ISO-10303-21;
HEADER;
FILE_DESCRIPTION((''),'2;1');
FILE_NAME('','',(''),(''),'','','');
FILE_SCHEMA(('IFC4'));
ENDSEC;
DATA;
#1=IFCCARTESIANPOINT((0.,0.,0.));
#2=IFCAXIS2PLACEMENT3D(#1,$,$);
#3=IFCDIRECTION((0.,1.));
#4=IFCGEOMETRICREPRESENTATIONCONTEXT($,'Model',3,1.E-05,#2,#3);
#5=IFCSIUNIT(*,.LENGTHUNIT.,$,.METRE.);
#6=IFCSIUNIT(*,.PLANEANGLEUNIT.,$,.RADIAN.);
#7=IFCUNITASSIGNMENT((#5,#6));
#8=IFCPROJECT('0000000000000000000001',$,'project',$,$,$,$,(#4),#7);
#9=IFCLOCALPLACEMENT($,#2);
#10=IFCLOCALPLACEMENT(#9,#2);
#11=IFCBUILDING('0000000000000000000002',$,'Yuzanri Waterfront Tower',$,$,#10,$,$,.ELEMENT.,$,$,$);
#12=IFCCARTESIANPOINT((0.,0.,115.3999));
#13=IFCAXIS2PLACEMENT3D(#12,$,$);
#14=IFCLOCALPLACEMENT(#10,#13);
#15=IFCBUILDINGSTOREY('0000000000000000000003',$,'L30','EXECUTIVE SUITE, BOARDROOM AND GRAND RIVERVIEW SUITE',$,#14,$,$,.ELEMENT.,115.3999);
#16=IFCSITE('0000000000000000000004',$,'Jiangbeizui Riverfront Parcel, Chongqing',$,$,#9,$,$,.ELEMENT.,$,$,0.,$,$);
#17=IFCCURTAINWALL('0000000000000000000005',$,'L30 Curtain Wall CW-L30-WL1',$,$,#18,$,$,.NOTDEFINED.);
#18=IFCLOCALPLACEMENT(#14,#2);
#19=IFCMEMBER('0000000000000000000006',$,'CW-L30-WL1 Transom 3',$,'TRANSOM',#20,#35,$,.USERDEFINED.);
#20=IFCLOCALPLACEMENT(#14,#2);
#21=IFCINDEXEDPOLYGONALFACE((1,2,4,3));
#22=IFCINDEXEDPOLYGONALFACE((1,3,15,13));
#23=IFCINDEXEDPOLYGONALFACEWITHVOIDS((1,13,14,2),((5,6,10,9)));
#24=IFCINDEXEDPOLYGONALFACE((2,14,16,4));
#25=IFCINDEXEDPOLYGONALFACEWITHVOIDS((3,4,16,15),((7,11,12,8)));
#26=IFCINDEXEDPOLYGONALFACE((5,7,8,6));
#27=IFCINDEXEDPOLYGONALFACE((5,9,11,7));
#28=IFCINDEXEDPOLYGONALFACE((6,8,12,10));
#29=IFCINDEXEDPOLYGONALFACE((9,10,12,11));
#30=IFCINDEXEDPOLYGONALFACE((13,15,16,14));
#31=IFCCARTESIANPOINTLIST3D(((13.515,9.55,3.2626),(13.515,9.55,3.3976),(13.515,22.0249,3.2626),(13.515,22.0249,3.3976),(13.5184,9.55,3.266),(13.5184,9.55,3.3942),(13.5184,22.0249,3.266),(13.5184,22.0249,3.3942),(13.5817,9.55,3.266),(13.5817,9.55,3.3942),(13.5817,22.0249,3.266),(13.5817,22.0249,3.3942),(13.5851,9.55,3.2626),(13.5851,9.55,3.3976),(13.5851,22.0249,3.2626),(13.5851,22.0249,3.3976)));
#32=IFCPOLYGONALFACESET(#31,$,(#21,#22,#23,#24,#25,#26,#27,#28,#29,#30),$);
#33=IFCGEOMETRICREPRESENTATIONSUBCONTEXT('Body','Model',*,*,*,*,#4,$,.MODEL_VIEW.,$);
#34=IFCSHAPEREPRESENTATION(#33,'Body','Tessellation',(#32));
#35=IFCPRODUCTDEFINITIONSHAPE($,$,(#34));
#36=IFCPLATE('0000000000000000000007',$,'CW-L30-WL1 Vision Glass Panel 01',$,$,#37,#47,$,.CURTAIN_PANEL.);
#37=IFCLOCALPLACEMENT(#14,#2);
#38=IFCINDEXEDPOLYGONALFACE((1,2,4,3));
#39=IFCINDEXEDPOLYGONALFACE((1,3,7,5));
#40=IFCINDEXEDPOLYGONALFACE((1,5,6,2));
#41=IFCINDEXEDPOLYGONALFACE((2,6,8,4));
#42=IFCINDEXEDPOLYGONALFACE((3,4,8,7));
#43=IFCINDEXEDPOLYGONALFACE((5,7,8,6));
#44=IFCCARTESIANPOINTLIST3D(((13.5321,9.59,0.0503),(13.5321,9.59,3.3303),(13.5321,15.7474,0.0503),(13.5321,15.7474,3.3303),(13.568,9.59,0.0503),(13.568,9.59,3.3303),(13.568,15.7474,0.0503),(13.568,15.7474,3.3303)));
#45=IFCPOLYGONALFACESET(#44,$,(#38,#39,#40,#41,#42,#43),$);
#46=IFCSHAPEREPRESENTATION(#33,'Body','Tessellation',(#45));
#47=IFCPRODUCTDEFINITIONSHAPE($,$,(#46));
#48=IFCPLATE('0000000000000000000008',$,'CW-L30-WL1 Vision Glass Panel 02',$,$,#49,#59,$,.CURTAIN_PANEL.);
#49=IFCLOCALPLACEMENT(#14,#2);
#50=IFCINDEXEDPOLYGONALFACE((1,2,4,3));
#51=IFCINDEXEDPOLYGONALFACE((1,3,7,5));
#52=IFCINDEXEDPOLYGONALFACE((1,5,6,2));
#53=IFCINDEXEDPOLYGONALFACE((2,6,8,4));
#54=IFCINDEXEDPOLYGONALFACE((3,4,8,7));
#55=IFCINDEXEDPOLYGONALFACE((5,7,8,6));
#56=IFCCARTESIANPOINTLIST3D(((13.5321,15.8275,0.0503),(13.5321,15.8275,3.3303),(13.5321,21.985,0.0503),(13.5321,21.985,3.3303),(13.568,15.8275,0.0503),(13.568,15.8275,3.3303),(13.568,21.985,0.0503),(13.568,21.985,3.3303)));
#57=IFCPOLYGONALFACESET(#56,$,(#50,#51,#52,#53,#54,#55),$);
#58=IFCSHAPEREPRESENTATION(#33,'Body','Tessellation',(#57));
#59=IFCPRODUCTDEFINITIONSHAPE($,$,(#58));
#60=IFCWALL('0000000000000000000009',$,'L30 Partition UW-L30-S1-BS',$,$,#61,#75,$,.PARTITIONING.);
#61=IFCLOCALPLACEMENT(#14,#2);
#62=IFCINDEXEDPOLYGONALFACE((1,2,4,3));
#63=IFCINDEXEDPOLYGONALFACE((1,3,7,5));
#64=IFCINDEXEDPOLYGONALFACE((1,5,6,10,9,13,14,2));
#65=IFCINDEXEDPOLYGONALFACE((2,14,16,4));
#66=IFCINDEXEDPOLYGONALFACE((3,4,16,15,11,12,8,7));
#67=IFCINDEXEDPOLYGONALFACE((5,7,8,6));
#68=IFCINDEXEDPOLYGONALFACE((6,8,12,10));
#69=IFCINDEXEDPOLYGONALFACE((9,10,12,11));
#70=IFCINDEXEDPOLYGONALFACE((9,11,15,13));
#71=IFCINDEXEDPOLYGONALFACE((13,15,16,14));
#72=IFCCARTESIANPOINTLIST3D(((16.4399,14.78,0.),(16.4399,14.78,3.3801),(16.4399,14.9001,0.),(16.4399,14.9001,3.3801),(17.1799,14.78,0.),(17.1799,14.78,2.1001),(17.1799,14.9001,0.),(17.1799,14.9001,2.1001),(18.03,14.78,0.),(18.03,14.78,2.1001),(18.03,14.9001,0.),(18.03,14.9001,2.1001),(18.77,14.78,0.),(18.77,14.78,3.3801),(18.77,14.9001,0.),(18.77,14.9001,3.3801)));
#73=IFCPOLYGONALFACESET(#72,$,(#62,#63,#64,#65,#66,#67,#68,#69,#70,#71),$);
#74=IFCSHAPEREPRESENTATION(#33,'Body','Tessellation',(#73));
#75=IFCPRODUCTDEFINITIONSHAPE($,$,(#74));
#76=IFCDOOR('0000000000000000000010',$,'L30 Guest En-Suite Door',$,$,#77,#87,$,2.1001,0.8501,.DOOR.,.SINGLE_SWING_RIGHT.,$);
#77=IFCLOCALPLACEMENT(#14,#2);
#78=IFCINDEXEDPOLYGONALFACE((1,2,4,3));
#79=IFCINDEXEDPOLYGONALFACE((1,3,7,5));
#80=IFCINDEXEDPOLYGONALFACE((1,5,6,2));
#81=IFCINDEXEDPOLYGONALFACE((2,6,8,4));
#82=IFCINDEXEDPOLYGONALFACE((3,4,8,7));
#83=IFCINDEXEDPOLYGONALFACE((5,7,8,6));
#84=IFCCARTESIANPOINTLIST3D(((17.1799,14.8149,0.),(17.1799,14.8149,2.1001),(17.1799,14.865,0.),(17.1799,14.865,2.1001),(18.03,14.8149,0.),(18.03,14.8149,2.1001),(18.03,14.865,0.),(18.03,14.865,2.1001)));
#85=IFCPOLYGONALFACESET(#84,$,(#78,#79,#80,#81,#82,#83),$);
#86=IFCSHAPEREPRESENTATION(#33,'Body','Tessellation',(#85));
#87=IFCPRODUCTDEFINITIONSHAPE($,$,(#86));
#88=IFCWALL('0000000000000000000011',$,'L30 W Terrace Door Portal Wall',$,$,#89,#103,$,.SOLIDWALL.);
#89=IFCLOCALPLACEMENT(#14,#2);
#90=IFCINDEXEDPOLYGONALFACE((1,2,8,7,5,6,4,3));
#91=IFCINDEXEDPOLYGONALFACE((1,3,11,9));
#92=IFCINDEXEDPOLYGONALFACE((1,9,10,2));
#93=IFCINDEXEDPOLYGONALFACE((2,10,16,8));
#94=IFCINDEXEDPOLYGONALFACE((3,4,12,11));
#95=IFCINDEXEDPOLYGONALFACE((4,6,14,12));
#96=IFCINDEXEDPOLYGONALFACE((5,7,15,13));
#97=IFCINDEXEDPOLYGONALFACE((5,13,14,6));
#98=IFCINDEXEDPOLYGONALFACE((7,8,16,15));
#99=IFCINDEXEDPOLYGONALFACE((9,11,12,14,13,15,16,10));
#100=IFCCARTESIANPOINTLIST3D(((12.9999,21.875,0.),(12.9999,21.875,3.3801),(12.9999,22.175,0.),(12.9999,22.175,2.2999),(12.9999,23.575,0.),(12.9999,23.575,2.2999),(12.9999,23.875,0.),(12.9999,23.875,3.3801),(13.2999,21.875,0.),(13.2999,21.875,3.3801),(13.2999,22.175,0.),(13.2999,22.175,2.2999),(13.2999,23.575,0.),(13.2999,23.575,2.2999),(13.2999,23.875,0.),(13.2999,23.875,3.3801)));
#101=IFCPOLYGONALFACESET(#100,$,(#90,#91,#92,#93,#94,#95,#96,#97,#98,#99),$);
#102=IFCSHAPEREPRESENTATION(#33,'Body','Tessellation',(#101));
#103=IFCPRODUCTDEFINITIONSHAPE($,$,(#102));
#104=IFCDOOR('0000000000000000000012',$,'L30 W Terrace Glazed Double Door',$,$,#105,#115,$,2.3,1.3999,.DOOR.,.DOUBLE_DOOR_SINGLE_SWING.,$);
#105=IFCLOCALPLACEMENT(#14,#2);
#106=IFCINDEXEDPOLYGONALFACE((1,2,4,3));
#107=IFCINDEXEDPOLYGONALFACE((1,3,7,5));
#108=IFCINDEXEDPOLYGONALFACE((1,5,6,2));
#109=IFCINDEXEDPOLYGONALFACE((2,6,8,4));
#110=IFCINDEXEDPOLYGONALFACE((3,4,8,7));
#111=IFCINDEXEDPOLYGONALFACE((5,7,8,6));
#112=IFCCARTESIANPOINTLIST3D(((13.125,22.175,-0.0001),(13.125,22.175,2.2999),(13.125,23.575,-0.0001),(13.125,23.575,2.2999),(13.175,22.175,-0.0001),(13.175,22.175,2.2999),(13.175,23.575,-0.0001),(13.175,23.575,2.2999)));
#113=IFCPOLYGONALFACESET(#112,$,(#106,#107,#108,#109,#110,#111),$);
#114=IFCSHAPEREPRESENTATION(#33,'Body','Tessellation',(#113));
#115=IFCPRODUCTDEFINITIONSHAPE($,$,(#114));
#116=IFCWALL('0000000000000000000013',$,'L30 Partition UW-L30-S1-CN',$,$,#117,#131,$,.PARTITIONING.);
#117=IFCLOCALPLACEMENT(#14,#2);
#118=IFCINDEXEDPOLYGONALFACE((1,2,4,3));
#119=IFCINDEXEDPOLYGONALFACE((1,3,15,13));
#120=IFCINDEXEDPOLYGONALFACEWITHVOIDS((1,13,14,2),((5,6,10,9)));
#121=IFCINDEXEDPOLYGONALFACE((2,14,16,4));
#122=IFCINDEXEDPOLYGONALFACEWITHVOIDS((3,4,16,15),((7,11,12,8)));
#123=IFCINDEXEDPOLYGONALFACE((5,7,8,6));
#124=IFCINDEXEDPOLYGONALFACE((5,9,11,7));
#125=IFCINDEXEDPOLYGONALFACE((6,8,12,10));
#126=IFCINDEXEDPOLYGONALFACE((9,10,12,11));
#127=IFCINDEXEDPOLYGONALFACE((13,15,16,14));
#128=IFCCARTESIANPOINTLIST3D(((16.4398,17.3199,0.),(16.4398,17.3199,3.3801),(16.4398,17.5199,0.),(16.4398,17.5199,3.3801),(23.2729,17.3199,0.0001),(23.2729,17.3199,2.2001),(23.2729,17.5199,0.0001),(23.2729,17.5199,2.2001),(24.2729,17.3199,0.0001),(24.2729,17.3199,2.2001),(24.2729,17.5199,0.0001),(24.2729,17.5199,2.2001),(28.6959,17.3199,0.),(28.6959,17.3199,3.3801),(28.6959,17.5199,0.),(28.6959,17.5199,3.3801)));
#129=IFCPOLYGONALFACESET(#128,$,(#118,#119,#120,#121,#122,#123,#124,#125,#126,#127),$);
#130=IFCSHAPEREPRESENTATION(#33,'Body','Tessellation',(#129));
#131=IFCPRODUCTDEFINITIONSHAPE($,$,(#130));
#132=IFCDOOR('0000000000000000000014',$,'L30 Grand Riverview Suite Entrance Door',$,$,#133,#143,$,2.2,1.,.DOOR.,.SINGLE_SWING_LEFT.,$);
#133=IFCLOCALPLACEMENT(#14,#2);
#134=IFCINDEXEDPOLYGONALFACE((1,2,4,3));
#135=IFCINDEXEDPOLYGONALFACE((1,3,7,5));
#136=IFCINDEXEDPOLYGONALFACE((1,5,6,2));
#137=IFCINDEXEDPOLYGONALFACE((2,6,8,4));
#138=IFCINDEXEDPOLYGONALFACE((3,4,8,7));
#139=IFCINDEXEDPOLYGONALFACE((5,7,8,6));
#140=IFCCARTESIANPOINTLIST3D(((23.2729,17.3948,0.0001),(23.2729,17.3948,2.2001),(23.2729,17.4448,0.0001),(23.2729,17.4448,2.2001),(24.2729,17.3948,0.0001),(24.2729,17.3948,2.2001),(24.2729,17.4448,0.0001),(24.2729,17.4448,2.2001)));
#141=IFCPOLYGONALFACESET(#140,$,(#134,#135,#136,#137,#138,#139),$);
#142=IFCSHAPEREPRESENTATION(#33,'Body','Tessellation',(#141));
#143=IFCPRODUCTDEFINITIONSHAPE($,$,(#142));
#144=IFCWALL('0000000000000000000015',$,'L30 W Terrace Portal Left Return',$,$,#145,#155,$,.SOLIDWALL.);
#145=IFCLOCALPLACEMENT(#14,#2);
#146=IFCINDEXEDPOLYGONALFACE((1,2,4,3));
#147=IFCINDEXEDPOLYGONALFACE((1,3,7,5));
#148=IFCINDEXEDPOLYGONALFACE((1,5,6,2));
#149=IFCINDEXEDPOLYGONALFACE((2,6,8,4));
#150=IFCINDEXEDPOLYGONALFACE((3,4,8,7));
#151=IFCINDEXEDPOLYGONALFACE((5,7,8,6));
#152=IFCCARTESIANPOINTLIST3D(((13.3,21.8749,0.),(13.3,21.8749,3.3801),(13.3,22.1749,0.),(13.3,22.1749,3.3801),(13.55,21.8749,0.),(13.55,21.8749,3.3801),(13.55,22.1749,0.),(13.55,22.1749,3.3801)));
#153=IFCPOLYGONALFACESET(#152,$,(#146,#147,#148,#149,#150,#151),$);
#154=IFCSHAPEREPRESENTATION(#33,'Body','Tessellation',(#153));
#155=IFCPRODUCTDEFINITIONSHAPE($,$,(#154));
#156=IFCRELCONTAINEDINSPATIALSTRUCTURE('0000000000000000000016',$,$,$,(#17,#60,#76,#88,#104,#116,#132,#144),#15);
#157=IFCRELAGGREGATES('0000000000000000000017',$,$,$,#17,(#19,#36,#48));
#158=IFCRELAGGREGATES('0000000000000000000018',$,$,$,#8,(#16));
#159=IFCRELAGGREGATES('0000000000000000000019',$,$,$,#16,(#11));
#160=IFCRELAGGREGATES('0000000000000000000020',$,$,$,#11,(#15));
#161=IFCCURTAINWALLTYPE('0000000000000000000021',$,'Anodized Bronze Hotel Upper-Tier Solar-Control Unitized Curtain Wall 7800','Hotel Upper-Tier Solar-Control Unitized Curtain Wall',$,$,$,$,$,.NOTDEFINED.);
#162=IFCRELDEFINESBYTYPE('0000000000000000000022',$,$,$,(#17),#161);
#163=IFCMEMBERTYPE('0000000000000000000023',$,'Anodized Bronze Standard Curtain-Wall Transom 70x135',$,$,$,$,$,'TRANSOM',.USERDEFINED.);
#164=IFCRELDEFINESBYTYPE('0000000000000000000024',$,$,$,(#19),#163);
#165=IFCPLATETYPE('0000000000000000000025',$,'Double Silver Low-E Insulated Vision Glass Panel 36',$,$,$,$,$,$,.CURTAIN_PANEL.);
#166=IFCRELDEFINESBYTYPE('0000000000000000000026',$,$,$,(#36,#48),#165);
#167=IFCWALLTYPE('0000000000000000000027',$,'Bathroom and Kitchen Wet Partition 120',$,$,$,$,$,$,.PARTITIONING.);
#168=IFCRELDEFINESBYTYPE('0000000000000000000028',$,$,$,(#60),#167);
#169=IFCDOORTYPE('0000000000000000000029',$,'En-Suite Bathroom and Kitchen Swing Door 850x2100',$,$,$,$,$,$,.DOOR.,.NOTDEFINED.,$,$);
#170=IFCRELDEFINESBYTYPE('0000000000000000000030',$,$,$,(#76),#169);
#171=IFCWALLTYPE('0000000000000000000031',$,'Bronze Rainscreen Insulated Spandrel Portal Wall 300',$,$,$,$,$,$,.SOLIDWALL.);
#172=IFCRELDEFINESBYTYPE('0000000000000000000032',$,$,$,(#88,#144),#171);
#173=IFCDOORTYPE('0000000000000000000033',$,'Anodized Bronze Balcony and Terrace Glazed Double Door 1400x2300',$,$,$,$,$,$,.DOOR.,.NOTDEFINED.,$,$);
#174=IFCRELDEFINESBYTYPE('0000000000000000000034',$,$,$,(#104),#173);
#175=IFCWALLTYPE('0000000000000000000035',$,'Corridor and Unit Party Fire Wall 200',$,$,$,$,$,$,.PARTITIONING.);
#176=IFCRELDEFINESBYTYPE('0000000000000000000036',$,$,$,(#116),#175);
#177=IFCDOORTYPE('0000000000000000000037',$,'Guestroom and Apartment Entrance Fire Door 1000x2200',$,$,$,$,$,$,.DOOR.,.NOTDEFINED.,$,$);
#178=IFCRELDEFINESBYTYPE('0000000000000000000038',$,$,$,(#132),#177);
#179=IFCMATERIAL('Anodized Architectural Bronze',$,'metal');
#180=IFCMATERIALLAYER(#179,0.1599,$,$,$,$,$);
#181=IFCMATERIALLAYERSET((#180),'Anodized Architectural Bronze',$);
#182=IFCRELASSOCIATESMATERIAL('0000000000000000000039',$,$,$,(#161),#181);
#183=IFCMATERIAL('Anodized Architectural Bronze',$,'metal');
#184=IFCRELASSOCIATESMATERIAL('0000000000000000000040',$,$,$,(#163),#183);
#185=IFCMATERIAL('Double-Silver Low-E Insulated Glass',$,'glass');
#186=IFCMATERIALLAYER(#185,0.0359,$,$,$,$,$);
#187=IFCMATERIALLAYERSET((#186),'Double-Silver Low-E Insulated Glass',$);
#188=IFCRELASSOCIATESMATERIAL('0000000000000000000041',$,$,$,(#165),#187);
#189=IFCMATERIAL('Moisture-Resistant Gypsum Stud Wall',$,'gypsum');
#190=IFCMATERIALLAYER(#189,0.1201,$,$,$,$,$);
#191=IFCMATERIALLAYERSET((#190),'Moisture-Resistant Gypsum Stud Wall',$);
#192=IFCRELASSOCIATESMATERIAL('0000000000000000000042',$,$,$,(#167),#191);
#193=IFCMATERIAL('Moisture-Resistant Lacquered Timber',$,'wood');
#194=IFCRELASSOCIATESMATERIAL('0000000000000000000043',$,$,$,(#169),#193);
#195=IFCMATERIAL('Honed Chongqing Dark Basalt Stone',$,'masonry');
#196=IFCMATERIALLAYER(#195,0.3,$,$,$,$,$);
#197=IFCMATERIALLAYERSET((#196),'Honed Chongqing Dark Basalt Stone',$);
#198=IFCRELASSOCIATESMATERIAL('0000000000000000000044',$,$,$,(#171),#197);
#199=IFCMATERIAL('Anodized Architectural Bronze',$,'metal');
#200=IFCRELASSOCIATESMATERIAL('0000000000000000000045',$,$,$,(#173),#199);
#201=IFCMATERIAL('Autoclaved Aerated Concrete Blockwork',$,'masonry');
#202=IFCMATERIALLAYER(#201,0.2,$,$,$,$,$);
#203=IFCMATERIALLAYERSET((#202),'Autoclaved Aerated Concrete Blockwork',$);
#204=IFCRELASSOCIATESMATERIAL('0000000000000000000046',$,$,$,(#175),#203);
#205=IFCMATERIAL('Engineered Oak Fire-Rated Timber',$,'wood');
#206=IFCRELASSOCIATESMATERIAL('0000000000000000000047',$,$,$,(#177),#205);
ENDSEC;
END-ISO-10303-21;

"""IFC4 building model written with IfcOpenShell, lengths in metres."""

from ifc_helpers import new_model, si_unit, direction, frame, frame_2d, origin, origin_2d, place, context, subcontext, project, spatial, rectangle, hollow_rectangle, extrude, source, transform, mapped, material, layer, layer_set, material_profile, profile_set, type_object, element, fill, aggregate, save


model = new_model("IFC4")

# Units and contexts
model_context = context("Model", 3, precision=1e-05, world=origin(), true_north=direction((0.0, 1.0)))
body_context = subcontext(model_context, "Body", "Model", "MODEL_VIEW")
ifc_project = project(units=[si_unit("LENGTHUNIT", "METRE"), si_unit("PLANEANGLEUNIT", "RADIAN")], contexts=[model_context])

# Site, building, storey
site_placement = place(None, origin())
site = spatial("IfcSite", under=ifc_project, at=site_placement, Name="Jiangbeizui Riverfront Parcel, Chongqing", CompositionType="ELEMENT", RefElevation=0.0)
building_placement = place(site_placement, origin())
building = spatial("IfcBuilding", under=site, at=building_placement, Name="Yuzanri Waterfront Tower", CompositionType="ELEMENT")
storey_placement = place(building_placement, frame((0.0, 0.0, 115.3999)))
storey = spatial("IfcBuildingStorey", under=building, at=storey_placement, Name="L30", Description="EXECUTIVE SUITE, BOARDROOM AND GRAND RIVERVIEW SUITE", CompositionType="ELEMENT", Elevation=115.3999)

# Curtain wall
ifc_material_1 = material(Name="Anodized Architectural Bronze", Category="metal")
ifc_layer_1 = layer(ifc_material_1, 0.1599)
ifc_layer_set_1 = layer_set([ifc_layer_1], Name="Anodized Architectural Bronze")
curtain_wall_type = type_object("IfcCurtainWallType", Name="Anodized Bronze Hotel Upper-Tier Solar-Control Unitized Curtain Wall 7800", Description="Hotel Upper-Tier Solar-Control Unitized Curtain Wall", PredefinedType="NOTDEFINED", material=ifc_layer_set_1)
curtain_wall_1_placement = place(storey_placement, origin())
curtain_wall_1 = element("IfcCurtainWall", 1, at=curtain_wall_1_placement, inside=storey, type_object=curtain_wall_type, Name="L30 Curtain Wall CW-L30-WL1", PredefinedType="NOTDEFINED")
ifc_material_2 = material(Name="Anodized Architectural Bronze", Category="metal")
ifc_material_profile_1 = material_profile(ifc_material_2, hollow_rectangle(XDim=0.0701, YDim=0.135, WallThickness=0.0034, at=origin_2d()), Name="CWT 70x135")
ifc_profile_set_1 = profile_set([ifc_material_profile_1], Name="Anodized Architectural Bronze")
member_type_1 = type_object("IfcMemberType", Name="Anodized Bronze Standard Curtain-Wall Transom 70x135", ElementType="TRANSOM", PredefinedType="USERDEFINED", material=ifc_profile_set_1)

# Member
shared_shape_1 = source(origin(), body_context, "Body", "SweptSolid", [
    extrude(hollow_rectangle(XDim=0.0701, YDim=0.135, WallThickness=0.0034, at=origin_2d()), origin(), (0.0, 0.0, 1.0), 12.4749),
])
member_1_placement = place(storey_placement, frame((13.55, 9.55, 3.3301), z_axis=(0.0, 1.0, 0.0), x_axis=(-1.0, 0.0, 0.0)))
member_1 = element("IfcMember", 2, at=member_1_placement, type_object=member_type_1, Name="CW-L30-WL1 Transom 3", ObjectType="TRANSOM", PredefinedType="USERDEFINED", context=body_context, shape_type="MappedRepresentation", body=[
    mapped(shared_shape_1, transform((0.0, 0.0, 0.0), scale=1.0)),
])

# Plates
ifc_material_3 = material(Name="Double-Silver Low-E Insulated Glass", Category="glass")
ifc_layer_2 = layer(ifc_material_3, 0.0359)
ifc_layer_set_2 = layer_set([ifc_layer_2], Name="Double-Silver Low-E Insulated Glass")
plate_type = type_object("IfcPlateType", Name="Double Silver Low-E Insulated Vision Glass Panel 36", PredefinedType="CURTAIN_PANEL", material=ifc_layer_set_2)
shared_shape_2 = source(origin(), body_context, "Body", "SweptSolid", [
    extrude(rectangle(XDim=6.1575, YDim=0.0359, at=origin_2d()), origin(), (0.0, 0.0, 1.0), 3.28),
])
plate_1_placement = place(storey_placement, frame((13.55, 12.6687, 0.0503), z_axis=(0.0, 0.0, 1.0), x_axis=(0.0, 1.0, 0.0)))
plate_1 = element("IfcPlate", 3, at=plate_1_placement, type_object=plate_type, Name="CW-L30-WL1 Vision Glass Panel 01", PredefinedType="CURTAIN_PANEL", context=body_context, shape_type="MappedRepresentation", body=[
    mapped(shared_shape_2, transform((0.0, 0.0, 0.0), scale=1.0)),
])
plate_2_placement = place(storey_placement, frame((13.55, 18.9062, 0.0503), z_axis=(0.0, 0.0, 1.0), x_axis=(0.0, 1.0, 0.0)))
plate_2 = element("IfcPlate", 4, at=plate_2_placement, type_object=plate_type, Name="CW-L30-WL1 Vision Glass Panel 02", PredefinedType="CURTAIN_PANEL", context=body_context, shape_type="MappedRepresentation", body=[
    mapped(shared_shape_2, transform((0.0, 0.0, 0.0), scale=1.0)),
])
aggregate(curtain_wall_1, [member_1, plate_1, plate_2])

# Walls, openings, doors
ifc_material_4 = material(Name="Moisture-Resistant Gypsum Stud Wall", Category="gypsum")
ifc_layer_3 = layer(ifc_material_4, 0.1201)
ifc_layer_set_3 = layer_set([ifc_layer_3], Name="Moisture-Resistant Gypsum Stud Wall")
wall_type_1 = type_object("IfcWallType", Name="Bathroom and Kitchen Wet Partition 120", PredefinedType="PARTITIONING", material=ifc_layer_set_3)
wall_1_placement = place(storey_placement, frame((16.4399, 14.8401, 0.0), z_axis=(0.0, 0.0, 1.0), x_axis=(1.0, 0.0, 0.0)))
wall_1 = element("IfcWall", 5, at=wall_1_placement, inside=storey, type_object=wall_type_1, Name="L30 Partition UW-L30-S1-BS", PredefinedType="PARTITIONING", context=body_context, shape_type="SweptSolid", body=[
    extrude(rectangle(XDim=2.3301, YDim=0.1201, at=frame_2d((1.165, 0.0))), origin(), (0.0, 0.0, 1.0), 3.3801),
])
opening_1_placement = place(wall_1_placement, frame((0.74, 0.0, 0.0)))
opening_1 = element("IfcOpeningElement", 6, at=opening_1_placement, cuts=wall_1, PredefinedType="OPENING", context=body_context, shape_type="SweptSolid", body=[
    extrude(rectangle(XDim=0.8501, YDim=2.1001, at=frame_2d((0.425, 1.05))), frame((0.0, 0.075, 0.0), z_axis=(0.0, -1.0, 0.0), x_axis=(1.0, 0.0, 0.0)), (0.0, 0.0, 1.0), 0.1499),
])
ifc_material_5 = material(Name="Moisture-Resistant Lacquered Timber", Category="wood")
door_type_1 = type_object("IfcDoorType", Name="En-Suite Bathroom and Kitchen Swing Door 850x2100", OperationType="NOTDEFINED", PredefinedType="DOOR", material=ifc_material_5)
shared_shape_3 = source(origin(), body_context, "Body", "SweptSolid", [
    extrude(rectangle(XDim=0.8501, YDim=2.1001, at=frame_2d((0.425, 1.05))), frame((0.0, 0.0249, 0.0), z_axis=(0.0, -1.0, 0.0), x_axis=(1.0, 0.0, 0.0)), (0.0, 0.0, 1.0), 0.05),
])
door_1_placement = place(opening_1_placement, origin())
door_1 = element("IfcDoor", 7, at=door_1_placement, inside=storey, type_object=door_type_1, Name="L30 Guest En-Suite Door", OperationType="SINGLE_SWING_RIGHT", OverallHeight=2.1001, OverallWidth=0.8501, PredefinedType="DOOR", context=body_context, shape_type="MappedRepresentation", body=[
    mapped(shared_shape_3, transform((0.0, 0.0, 0.0), scale=1.0)),
])
fill(opening_1, door_1)
ifc_material_6 = material(Name="Honed Chongqing Dark Basalt Stone", Category="masonry")
ifc_layer_4 = layer(ifc_material_6, 0.3)
ifc_layer_set_4 = layer_set([ifc_layer_4], Name="Honed Chongqing Dark Basalt Stone")
wall_type_2 = type_object("IfcWallType", Name="Bronze Rainscreen Insulated Spandrel Portal Wall 300", PredefinedType="SOLIDWALL", material=ifc_layer_set_4)
wall_2_placement = place(storey_placement, frame((13.1499, 21.875, 0.0), z_axis=(0.0, 0.0, 1.0), x_axis=(0.0, 1.0, 0.0)))
wall_2 = element("IfcWall", 8, at=wall_2_placement, inside=storey, type_object=wall_type_2, Name="L30 W Terrace Door Portal Wall", PredefinedType="SOLIDWALL", context=body_context, shape_type="SweptSolid", body=[
    extrude(rectangle(XDim=2.0, YDim=0.3, at=frame_2d((1.0, 0.0))), origin(), (0.0, 0.0, 1.0), 3.3801),
])
opening_2_placement = place(wall_2_placement, frame((0.3, 0.0, 0.0)))
opening_2 = element("IfcOpeningElement", 9, at=opening_2_placement, cuts=wall_2, PredefinedType="OPENING", context=body_context, shape_type="SweptSolid", body=[
    extrude(rectangle(XDim=1.3999, YDim=2.3, at=frame_2d((0.7, 1.1499))), frame((0.0, 0.165, 0.0), z_axis=(0.0, -1.0, 0.0), x_axis=(1.0, 0.0, 0.0)), (0.0, 0.0, 1.0), 0.3298),
])
ifc_material_7 = material(Name="Anodized Architectural Bronze", Category="metal")
door_type_2 = type_object("IfcDoorType", Name="Anodized Bronze Balcony and Terrace Glazed Double Door 1400x2300", OperationType="NOTDEFINED", PredefinedType="DOOR", material=ifc_material_7)
shared_shape_4 = source(origin(), body_context, "Body", "SweptSolid", [
    extrude(rectangle(XDim=1.3999, YDim=2.3, at=frame_2d((0.7, 1.1499))), frame((0.0, 0.0249, 0.0), z_axis=(0.0, -1.0, 0.0), x_axis=(1.0, 0.0, 0.0)), (0.0, 0.0, 1.0), 0.05),
])
door_2_placement = place(opening_2_placement, origin())
door_2 = element("IfcDoor", 10, at=door_2_placement, inside=storey, type_object=door_type_2, Name="L30 W Terrace Glazed Double Door", OperationType="DOUBLE_DOOR_SINGLE_SWING", OverallHeight=2.3, OverallWidth=1.3999, PredefinedType="DOOR", context=body_context, shape_type="MappedRepresentation", body=[
    mapped(shared_shape_4, transform((0.0, 0.0, 0.0), scale=1.0)),
])
fill(opening_2, door_2)
ifc_material_8 = material(Name="Autoclaved Aerated Concrete Blockwork", Category="masonry")
ifc_layer_5 = layer(ifc_material_8, 0.2)
ifc_layer_set_5 = layer_set([ifc_layer_5], Name="Autoclaved Aerated Concrete Blockwork")
wall_type_3 = type_object("IfcWallType", Name="Corridor and Unit Party Fire Wall 200", PredefinedType="PARTITIONING", material=ifc_layer_set_5)
wall_3_placement = place(storey_placement, frame((16.4399, 17.4199, 0.0), z_axis=(0.0, 0.0, 1.0), x_axis=(1.0, 0.0, 0.0)))
wall_3 = element("IfcWall", 11, at=wall_3_placement, inside=storey, type_object=wall_type_3, Name="L30 Partition UW-L30-S1-CN", PredefinedType="PARTITIONING", context=body_context, shape_type="SweptSolid", body=[
    extrude(rectangle(XDim=12.2561, YDim=0.2, at=frame_2d((6.1279, 0.0))), origin(), (0.0, 0.0, 1.0), 3.3801),
])
opening_3_placement = place(wall_3_placement, frame((6.833, 0.0, 0.0)))
opening_3 = element("IfcOpeningElement", 12, at=opening_3_placement, cuts=wall_3, PredefinedType="OPENING", context=body_context, shape_type="SweptSolid", body=[
    extrude(rectangle(XDim=1.0, YDim=2.2, at=frame_2d((0.5, 1.1001))), frame((0.0, 0.1147, 0.0), z_axis=(0.0, -1.0, 0.0), x_axis=(1.0, 0.0, 0.0)), (0.0, 0.0, 1.0), 0.2297),
])
ifc_material_9 = material(Name="Engineered Oak Fire-Rated Timber", Category="wood")
door_type_3 = type_object("IfcDoorType", Name="Guestroom and Apartment Entrance Fire Door 1000x2200", OperationType="NOTDEFINED", PredefinedType="DOOR", material=ifc_material_9)
shared_shape_5 = source(origin(), body_context, "Body", "SweptSolid", [
    extrude(rectangle(XDim=1.0, YDim=2.2, at=frame_2d((0.5, 1.1001))), frame((0.0, 0.0249, 0.0), z_axis=(0.0, -1.0, 0.0), x_axis=(1.0, 0.0, 0.0)), (0.0, 0.0, 1.0), 0.05),
])
door_3_placement = place(opening_3_placement, origin())
door_3 = element("IfcDoor", 13, at=door_3_placement, inside=storey, type_object=door_type_3, Name="L30 Grand Riverview Suite Entrance Door", OperationType="SINGLE_SWING_LEFT", OverallHeight=2.2, OverallWidth=1.0, PredefinedType="DOOR", context=body_context, shape_type="MappedRepresentation", body=[
    mapped(shared_shape_5, transform((0.0, 0.0, 0.0), scale=1.0)),
])
fill(opening_3, door_3)

# Wall
shared_shape_6 = source(origin(), body_context, "Body", "SweptSolid", [
    extrude(rectangle(XDim=0.25, YDim=0.3, at=frame_2d((0.125, 0.0))), origin(), (0.0, 0.0, 1.0), 3.3801),
])
for number, where, z_axis, x_axis, name in (
    (14, (13.55, 22.0249, 0.0), (0.0, 0.0, 1.0), (-1.0, 0.0, 0.0), "L30 W Terrace Portal Left Return"),
):
    element("IfcWall", number, at=place(storey_placement, frame(where, z_axis=z_axis, x_axis=x_axis)), inside=storey, type_object=wall_type_2, Name=name, PredefinedType="SOLIDWALL", context=body_context, shape_type="MappedRepresentation", body=[
        mapped(shared_shape_6, transform((0.0, 0.0, 0.0), scale=1.0)),
    ])

save(model, "model.ifc")
